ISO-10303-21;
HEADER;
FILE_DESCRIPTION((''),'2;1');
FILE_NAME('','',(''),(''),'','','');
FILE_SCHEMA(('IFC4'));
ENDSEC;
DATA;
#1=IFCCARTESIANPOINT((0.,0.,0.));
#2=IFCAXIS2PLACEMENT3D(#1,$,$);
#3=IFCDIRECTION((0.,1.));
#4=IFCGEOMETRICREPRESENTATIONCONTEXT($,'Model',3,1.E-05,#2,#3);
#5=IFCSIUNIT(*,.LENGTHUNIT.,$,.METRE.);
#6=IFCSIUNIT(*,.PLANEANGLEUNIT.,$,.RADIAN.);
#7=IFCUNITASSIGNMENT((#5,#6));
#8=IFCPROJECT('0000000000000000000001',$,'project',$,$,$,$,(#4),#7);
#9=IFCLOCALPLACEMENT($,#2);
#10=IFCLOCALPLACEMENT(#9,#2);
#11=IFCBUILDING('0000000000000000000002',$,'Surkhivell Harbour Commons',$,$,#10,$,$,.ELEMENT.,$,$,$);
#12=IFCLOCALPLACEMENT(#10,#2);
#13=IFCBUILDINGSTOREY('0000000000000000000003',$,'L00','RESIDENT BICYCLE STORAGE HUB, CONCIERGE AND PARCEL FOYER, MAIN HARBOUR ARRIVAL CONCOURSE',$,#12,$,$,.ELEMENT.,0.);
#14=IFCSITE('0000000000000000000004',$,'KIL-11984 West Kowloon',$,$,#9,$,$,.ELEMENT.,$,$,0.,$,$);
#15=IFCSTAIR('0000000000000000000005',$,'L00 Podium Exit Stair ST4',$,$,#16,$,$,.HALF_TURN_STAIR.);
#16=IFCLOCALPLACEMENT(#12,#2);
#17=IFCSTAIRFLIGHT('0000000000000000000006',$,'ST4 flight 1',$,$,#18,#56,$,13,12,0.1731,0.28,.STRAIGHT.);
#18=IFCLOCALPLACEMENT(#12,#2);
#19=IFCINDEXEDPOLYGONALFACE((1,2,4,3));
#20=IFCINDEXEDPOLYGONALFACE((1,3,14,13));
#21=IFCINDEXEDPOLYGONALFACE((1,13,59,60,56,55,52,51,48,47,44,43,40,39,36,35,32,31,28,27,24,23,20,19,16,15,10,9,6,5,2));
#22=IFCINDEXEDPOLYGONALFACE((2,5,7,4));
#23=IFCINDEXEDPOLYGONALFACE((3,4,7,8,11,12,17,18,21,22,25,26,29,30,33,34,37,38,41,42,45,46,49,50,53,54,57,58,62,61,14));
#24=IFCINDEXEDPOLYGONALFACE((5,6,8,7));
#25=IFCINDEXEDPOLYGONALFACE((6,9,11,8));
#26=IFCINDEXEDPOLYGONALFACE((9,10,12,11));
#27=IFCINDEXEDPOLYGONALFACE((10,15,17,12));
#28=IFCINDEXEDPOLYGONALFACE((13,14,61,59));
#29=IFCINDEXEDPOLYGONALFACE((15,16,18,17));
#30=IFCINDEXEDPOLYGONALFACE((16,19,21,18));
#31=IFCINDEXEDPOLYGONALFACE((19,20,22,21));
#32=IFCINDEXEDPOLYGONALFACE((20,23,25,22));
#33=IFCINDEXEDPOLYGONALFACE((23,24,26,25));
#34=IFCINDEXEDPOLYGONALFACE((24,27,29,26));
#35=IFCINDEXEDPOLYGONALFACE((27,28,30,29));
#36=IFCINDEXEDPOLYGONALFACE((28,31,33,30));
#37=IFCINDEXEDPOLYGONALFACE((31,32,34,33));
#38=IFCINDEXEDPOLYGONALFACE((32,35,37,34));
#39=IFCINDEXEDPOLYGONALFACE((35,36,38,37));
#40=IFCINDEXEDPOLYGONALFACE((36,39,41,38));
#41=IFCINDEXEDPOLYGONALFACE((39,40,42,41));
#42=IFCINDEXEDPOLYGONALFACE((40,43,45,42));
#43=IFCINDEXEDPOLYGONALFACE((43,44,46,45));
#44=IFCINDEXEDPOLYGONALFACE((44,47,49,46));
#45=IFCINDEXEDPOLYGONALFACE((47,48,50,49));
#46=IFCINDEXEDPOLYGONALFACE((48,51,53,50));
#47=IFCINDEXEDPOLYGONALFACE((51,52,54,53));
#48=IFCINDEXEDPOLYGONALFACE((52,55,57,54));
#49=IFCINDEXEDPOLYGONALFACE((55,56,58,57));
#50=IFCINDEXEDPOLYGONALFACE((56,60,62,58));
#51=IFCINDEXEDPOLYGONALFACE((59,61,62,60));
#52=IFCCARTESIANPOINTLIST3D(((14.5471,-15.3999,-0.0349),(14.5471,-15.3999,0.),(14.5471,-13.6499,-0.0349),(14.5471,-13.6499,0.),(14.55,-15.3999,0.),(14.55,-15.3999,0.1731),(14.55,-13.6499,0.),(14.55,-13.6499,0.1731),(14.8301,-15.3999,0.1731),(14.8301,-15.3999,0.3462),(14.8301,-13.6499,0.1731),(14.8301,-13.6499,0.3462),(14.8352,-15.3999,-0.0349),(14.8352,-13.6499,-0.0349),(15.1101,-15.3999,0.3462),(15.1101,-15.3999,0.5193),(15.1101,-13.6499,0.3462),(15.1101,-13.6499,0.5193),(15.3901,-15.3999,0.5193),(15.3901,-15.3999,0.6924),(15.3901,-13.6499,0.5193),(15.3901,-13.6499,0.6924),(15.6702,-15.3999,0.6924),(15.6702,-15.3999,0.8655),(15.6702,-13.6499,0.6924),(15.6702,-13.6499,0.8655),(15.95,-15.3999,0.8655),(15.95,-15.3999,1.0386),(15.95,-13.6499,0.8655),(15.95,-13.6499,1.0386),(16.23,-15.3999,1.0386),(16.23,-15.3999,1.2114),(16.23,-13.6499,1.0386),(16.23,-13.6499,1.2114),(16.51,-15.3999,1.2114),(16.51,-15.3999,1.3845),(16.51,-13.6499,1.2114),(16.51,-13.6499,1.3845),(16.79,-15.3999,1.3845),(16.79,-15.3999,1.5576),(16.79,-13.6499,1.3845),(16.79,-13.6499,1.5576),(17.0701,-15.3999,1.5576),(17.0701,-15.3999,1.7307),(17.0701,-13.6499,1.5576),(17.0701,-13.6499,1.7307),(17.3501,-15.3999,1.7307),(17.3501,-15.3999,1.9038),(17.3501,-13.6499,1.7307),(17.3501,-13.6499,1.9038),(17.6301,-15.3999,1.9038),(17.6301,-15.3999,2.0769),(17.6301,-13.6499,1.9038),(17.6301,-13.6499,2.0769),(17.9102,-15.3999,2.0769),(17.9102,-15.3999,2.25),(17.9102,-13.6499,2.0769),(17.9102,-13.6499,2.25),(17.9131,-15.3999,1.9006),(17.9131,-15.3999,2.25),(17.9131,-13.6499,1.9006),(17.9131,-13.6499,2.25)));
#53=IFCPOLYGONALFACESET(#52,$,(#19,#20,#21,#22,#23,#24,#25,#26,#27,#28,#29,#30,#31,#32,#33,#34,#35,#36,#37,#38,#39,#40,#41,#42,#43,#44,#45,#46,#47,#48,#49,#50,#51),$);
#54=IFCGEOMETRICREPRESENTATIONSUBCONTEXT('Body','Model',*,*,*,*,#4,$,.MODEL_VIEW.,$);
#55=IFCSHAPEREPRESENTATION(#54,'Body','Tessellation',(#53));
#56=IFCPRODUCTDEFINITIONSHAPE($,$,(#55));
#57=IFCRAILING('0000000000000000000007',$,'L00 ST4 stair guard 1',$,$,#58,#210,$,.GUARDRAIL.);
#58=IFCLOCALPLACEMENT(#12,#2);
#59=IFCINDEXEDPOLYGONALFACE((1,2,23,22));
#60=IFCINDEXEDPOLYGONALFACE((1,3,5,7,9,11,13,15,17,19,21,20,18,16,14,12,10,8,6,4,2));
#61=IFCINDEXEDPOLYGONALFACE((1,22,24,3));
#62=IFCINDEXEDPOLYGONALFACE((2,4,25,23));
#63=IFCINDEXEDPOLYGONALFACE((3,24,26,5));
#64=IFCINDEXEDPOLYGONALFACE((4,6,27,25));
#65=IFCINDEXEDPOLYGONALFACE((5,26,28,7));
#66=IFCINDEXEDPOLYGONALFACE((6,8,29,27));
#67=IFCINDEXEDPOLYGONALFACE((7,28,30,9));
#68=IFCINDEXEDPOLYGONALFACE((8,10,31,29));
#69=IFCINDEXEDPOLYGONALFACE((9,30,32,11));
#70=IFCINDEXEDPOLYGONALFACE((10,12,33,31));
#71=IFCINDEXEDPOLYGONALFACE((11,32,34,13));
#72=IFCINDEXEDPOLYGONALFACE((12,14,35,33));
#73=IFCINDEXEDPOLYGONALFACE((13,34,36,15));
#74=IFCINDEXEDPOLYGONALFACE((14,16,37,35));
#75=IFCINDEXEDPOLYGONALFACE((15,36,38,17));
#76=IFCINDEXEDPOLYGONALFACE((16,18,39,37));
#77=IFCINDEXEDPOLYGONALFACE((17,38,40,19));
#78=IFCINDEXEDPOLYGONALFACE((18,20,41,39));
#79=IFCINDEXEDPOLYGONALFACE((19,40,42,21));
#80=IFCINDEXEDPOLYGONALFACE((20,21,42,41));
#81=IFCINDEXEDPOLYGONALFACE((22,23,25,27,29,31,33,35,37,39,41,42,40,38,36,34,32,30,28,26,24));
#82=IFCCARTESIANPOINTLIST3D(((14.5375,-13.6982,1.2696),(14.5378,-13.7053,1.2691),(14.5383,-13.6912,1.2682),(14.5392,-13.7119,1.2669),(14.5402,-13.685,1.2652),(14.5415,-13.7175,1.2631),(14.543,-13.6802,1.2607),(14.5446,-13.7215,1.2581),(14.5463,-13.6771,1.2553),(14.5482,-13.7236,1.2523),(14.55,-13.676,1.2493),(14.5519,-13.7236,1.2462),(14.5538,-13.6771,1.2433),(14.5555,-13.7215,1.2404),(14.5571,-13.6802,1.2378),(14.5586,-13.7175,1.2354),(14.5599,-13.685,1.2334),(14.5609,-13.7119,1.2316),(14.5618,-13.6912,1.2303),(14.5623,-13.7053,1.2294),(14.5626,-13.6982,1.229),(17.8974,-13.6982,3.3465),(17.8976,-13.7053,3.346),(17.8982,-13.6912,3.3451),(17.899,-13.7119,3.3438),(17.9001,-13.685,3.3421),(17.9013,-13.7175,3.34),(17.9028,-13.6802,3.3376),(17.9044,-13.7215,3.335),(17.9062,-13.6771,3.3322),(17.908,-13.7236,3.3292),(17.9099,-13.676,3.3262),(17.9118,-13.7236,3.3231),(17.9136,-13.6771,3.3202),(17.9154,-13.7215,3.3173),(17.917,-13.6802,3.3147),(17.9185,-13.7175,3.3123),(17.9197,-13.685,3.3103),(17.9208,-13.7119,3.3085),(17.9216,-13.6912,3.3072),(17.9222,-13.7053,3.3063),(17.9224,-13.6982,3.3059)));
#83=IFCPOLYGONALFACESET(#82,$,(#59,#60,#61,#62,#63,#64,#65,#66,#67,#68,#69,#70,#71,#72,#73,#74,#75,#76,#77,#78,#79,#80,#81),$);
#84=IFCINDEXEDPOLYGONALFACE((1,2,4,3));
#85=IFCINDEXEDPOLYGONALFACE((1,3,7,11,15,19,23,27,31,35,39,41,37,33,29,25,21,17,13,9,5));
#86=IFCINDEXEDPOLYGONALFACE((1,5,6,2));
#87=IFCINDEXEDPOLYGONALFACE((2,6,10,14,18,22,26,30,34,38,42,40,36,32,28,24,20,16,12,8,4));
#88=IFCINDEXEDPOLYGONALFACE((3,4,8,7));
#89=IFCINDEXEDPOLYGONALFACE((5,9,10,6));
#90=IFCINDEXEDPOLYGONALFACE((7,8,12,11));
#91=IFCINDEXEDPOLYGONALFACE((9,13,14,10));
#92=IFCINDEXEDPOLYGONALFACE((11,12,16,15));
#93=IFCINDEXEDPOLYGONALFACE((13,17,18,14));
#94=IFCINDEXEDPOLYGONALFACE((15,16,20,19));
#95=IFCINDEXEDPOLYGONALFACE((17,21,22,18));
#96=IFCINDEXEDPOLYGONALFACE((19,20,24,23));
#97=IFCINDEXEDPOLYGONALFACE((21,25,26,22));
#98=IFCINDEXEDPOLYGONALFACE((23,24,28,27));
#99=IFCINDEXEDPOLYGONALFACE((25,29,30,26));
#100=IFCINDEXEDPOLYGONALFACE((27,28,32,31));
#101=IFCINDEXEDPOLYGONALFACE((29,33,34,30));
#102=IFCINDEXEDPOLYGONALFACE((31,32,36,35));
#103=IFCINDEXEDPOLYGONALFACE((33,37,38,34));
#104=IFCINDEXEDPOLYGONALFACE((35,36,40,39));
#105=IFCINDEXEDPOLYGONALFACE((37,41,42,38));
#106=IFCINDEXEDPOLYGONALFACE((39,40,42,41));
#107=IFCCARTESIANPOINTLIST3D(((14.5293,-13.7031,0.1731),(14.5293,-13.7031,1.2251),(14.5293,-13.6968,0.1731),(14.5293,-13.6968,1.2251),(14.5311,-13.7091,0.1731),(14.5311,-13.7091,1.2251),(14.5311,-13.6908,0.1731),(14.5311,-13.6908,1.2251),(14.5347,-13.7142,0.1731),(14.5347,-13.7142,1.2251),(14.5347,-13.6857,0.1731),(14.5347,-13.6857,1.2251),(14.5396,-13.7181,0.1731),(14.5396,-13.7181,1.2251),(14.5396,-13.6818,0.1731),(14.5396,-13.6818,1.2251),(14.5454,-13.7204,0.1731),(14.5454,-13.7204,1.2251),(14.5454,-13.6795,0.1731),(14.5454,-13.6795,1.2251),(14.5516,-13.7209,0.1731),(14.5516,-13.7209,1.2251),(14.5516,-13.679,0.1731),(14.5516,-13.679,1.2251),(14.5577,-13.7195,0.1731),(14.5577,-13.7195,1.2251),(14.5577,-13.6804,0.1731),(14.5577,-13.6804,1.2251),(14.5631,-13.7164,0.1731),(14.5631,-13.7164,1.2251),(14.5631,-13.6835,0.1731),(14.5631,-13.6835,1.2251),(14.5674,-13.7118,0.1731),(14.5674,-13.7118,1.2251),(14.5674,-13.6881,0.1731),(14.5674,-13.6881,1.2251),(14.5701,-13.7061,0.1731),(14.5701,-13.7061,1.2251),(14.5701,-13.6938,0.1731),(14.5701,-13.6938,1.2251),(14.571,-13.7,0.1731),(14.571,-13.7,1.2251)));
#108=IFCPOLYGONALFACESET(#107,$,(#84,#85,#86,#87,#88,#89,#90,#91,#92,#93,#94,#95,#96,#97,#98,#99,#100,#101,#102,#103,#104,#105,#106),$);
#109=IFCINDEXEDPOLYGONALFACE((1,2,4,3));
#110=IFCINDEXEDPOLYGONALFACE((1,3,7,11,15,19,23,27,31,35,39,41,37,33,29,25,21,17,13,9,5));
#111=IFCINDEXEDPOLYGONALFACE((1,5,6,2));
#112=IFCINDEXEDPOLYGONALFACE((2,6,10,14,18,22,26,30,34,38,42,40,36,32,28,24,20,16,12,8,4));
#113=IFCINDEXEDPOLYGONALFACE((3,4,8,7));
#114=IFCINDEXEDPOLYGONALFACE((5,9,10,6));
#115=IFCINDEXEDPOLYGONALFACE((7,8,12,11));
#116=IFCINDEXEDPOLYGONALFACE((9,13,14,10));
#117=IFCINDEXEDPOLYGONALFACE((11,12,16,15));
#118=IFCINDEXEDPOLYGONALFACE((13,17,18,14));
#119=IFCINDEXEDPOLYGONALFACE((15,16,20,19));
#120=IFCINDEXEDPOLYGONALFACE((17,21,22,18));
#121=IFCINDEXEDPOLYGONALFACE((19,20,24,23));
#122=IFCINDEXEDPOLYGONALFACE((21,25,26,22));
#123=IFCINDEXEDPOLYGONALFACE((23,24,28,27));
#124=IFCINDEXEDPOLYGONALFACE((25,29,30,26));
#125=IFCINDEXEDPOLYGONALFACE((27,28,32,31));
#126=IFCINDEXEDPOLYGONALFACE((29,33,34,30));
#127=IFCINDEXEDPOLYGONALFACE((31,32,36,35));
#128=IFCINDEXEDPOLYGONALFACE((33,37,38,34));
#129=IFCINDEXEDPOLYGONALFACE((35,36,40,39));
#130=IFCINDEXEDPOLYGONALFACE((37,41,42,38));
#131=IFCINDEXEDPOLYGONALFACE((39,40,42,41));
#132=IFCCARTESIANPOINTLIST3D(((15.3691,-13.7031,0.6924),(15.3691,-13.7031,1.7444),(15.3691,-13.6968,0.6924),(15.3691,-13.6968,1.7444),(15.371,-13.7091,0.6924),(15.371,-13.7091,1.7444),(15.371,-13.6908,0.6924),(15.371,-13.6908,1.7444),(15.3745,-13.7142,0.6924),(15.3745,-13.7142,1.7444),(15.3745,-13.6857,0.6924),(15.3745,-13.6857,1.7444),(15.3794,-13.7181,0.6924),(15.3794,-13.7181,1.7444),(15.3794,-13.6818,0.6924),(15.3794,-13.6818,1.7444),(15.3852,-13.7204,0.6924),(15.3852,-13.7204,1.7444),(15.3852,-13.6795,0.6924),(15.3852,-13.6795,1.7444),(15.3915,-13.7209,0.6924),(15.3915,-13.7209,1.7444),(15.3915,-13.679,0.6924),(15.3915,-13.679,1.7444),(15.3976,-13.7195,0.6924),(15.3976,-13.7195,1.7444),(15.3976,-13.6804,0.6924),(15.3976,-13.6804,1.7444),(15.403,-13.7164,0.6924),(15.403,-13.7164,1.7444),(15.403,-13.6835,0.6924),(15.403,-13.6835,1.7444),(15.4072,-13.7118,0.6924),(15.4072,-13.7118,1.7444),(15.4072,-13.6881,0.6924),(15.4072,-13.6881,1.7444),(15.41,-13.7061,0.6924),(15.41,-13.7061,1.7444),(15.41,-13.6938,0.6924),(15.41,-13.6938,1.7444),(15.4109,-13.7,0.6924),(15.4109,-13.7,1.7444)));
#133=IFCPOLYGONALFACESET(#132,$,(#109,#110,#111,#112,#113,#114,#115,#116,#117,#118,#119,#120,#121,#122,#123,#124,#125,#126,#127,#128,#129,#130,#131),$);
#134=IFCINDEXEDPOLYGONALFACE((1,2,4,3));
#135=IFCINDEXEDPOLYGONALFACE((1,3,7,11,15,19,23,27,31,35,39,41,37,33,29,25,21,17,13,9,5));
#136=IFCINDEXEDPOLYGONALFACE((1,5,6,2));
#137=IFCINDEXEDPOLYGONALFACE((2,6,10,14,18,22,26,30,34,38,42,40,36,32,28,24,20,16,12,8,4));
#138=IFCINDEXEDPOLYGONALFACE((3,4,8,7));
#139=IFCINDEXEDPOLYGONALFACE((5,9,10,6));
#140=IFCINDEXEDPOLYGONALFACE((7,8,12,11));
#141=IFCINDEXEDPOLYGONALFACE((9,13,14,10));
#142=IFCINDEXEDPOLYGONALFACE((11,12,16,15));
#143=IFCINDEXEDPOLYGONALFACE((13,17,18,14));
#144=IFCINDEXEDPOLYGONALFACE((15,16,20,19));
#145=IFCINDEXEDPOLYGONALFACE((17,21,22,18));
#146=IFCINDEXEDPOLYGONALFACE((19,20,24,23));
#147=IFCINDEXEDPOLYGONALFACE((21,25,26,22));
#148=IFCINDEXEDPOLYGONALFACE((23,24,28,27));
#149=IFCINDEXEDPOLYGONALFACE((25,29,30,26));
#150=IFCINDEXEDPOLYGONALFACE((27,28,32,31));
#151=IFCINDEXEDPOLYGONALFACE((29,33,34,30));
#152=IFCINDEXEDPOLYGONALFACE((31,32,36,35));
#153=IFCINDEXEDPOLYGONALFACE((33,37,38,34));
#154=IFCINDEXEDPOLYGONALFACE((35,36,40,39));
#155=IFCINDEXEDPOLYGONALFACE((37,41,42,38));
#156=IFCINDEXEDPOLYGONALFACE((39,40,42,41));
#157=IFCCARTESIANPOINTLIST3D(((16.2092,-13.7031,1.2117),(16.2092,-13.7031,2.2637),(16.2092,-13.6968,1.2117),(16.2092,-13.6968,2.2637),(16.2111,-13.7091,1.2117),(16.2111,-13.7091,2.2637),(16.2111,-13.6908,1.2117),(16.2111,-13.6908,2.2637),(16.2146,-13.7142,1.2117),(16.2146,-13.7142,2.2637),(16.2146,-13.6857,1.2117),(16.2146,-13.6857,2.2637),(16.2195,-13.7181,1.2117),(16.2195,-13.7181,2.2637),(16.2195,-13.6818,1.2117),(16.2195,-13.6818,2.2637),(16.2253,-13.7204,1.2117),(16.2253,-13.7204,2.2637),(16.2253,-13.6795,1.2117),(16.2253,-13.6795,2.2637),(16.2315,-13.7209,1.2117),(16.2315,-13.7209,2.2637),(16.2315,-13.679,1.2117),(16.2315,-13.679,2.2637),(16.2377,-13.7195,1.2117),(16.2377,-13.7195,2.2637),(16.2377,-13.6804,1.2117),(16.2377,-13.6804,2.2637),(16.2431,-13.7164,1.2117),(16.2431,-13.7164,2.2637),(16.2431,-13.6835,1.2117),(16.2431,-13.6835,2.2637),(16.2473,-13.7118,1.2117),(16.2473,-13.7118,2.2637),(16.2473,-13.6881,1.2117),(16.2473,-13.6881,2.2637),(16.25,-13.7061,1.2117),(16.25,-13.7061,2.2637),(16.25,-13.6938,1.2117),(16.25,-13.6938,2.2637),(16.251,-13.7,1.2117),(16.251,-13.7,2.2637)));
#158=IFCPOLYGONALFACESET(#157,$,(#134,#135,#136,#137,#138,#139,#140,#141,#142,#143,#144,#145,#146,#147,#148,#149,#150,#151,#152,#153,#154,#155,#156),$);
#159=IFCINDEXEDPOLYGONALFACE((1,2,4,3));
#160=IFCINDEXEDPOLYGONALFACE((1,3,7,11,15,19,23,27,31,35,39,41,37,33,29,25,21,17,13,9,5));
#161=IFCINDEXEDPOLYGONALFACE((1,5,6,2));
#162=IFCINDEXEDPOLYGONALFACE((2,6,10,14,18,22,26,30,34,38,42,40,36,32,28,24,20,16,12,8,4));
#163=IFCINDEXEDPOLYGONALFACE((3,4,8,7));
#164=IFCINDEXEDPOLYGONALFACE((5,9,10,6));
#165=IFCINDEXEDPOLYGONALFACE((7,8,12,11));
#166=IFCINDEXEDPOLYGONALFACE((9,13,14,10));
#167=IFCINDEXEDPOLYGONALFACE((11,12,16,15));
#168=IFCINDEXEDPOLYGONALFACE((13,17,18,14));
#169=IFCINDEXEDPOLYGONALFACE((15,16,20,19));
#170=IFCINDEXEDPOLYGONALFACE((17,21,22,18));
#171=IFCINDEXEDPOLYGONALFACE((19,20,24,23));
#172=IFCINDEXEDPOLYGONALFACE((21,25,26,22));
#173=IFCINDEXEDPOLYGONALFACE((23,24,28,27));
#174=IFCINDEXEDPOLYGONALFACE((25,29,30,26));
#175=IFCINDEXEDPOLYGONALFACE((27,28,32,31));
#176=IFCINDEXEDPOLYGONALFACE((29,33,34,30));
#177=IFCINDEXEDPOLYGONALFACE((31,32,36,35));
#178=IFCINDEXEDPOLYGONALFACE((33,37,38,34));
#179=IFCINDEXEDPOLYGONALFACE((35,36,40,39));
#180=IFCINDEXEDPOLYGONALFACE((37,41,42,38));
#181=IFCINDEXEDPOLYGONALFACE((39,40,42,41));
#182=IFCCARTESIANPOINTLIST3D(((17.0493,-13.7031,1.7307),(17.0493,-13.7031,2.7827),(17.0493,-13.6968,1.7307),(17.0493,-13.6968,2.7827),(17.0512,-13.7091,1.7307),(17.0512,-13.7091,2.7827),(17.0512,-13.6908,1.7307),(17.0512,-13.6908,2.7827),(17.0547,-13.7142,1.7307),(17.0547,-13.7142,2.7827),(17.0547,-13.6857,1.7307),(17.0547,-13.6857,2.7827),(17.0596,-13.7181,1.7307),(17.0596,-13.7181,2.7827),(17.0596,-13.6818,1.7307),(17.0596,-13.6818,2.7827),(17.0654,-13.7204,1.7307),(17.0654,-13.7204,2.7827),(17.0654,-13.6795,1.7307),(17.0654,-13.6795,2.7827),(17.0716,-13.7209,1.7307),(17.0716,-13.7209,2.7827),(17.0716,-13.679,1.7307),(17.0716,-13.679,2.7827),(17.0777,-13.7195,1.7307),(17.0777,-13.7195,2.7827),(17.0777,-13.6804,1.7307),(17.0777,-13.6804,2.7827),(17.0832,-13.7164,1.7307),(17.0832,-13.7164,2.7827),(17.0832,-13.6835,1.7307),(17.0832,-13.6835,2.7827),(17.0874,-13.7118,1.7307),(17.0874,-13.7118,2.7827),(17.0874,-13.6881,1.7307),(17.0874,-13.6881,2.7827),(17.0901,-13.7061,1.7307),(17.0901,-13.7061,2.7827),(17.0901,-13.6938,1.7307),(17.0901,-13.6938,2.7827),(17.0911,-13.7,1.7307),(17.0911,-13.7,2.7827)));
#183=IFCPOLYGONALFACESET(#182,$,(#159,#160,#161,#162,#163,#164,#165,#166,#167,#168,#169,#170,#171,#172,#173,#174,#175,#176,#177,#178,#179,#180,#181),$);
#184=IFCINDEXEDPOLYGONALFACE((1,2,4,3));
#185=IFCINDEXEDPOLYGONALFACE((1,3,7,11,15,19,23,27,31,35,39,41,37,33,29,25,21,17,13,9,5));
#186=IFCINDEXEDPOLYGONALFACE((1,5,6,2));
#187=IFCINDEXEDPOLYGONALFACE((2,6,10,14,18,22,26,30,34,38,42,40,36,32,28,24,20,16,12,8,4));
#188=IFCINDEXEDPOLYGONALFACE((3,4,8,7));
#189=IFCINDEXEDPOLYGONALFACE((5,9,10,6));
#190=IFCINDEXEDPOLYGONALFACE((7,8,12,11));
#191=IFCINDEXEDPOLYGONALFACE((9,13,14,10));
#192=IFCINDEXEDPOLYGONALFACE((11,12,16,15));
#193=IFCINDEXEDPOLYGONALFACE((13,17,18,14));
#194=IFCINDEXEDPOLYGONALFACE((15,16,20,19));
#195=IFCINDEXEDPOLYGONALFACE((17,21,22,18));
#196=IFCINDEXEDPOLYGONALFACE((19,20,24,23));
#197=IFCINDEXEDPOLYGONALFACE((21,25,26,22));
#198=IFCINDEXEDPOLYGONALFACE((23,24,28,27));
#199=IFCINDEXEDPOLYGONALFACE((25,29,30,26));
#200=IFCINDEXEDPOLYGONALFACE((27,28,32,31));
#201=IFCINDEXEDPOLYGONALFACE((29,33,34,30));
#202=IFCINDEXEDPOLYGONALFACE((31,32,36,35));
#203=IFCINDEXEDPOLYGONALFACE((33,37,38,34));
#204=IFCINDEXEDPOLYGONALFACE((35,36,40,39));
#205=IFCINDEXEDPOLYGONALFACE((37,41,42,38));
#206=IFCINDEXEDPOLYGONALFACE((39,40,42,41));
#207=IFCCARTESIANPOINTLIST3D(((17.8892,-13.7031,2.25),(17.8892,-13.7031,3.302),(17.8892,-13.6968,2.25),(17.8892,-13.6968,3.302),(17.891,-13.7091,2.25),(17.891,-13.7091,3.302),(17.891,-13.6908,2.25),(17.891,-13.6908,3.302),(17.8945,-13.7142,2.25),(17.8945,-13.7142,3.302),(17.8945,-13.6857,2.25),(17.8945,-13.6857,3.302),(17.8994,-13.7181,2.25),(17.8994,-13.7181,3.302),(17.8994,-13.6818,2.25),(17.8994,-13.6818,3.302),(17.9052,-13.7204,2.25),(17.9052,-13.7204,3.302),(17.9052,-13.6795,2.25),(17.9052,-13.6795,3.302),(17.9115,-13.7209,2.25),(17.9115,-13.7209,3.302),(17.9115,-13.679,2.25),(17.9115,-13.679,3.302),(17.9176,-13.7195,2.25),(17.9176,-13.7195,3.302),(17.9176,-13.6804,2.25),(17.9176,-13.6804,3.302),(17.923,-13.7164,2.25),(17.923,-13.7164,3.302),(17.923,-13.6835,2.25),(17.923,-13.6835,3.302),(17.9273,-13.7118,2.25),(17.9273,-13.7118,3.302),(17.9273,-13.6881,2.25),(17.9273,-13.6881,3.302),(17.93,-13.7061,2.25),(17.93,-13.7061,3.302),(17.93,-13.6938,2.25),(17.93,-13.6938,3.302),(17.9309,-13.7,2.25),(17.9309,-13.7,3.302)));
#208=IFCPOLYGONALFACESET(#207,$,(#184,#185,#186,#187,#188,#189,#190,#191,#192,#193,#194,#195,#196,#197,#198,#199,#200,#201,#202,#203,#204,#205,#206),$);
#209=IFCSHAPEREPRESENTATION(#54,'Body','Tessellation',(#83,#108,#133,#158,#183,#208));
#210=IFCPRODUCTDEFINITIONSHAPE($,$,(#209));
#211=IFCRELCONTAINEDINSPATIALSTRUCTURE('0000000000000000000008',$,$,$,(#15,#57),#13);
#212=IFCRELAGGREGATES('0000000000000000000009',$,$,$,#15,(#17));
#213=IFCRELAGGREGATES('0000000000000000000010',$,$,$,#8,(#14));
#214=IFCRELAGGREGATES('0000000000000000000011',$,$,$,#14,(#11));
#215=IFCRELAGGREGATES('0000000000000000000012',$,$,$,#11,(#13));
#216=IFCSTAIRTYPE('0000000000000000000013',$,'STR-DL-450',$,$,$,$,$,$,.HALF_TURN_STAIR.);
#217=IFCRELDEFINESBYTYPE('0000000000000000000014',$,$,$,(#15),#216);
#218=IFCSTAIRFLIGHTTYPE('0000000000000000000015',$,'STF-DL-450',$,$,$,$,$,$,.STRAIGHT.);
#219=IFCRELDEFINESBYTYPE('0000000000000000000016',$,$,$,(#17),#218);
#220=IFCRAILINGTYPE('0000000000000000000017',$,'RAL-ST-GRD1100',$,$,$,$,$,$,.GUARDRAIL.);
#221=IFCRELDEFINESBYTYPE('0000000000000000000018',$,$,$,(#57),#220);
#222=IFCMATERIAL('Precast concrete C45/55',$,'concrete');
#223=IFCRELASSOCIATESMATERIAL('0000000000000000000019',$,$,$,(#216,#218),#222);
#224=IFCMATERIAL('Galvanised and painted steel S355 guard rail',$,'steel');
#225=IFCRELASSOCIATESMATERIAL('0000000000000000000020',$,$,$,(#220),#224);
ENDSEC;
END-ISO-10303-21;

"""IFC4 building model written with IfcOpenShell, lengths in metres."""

from ifc_helpers import new_model, si_unit, direction, frame, origin, origin_2d, place, context, subcontext, project, spatial, polyline, circle, outline, extrude, material, type_object, element, aggregate, save


model = new_model("IFC4")

# Units and contexts
model_context = context("Model", 3, precision=1e-05, world=origin(), true_north=direction((0.0, 1.0)))
body_context = subcontext(model_context, "Body", "Model", "MODEL_VIEW")
ifc_project = project(units=[si_unit("LENGTHUNIT", "METRE"), si_unit("PLANEANGLEUNIT", "RADIAN")], contexts=[model_context])

# Site, building, storey
site_placement = place(None, origin())
site = spatial("IfcSite", under=ifc_project, at=site_placement, Name="KIL-11984 West Kowloon", CompositionType="ELEMENT", RefElevation=0.0)
building_placement = place(site_placement, origin())
building = spatial("IfcBuilding", under=site, at=building_placement, Name="Surkhivell Harbour Commons", CompositionType="ELEMENT")
storey_placement = place(building_placement, origin())
storey = spatial("IfcBuildingStorey", under=building, at=storey_placement, Name="L00", Description="RESIDENT BICYCLE STORAGE HUB, CONCIERGE AND PARCEL FOYER, MAIN HARBOUR ARRIVAL CONCOURSE", CompositionType="ELEMENT", Elevation=0.0)

# Stair, stair flight
ifc_material_1 = material(Name="Precast concrete C45/55", Category="concrete")
stair_type = type_object("IfcStairType", Name="STR-DL-450", PredefinedType="HALF_TURN_STAIR", material=ifc_material_1)
stair_placement = place(storey_placement, origin())
stair = element("IfcStair", 1, at=stair_placement, inside=storey, type_object=stair_type, Name="L00 Podium Exit Stair ST4", PredefinedType="HALF_TURN_STAIR")
stair_flight_type = type_object("IfcStairFlightType", Name="STF-DL-450", PredefinedType="STRAIGHT", material=ifc_material_1)
stair_flight_placement = place(storey_placement, frame((14.55, -14.5249, 0.0), z_axis=(0.0, 0.0, 1.0), x_axis=(1.0, 0.0, 0.0)))
stair_flight = element("IfcStairFlight", 2, at=stair_flight_placement, type_object=stair_flight_type, Name="ST4 flight 1", NumberOfRisers=13, NumberOfTreads=12, PredefinedType="STRAIGHT", RiserHeight=0.1731, TreadLength=0.28, context=body_context, shape_type="SweptSolid", body=[
    extrude(outline(polyline([(-0.0029, -0.0349), (-0.0029, 0.0), (0.0, 0.0), (0.0, 0.1731), (0.28, 0.1731), (0.28, 0.3462), (0.5601, 0.3462), (0.5601, 0.5193), (0.8401, 0.5193), (0.8401, 0.6924), (1.1201, 0.6924), (1.1201, 0.8655), (1.3999, 0.8655), (1.3999, 1.0386), (1.6799, 1.0386), (1.6799, 1.2114), (1.96, 1.2114), (1.96, 1.3845), (2.24, 1.3845), (2.24, 1.5576), (2.52, 1.5576), (2.52, 1.7307), (2.8, 1.7307), (2.8, 1.9038), (3.0801, 1.9038), (3.0801, 2.0769), (3.3601, 2.0769), (3.3601, 2.25), (3.363, 2.25), (3.363, 1.9006), (0.2852, -0.0349), (-0.0029, -0.0349)])), frame((0.0, 0.875, 0.0), z_axis=(0.0, -1.0, 0.0), x_axis=(1.0, 0.0, 0.0)), (0.0, 0.0, 1.0), 1.75),
])
aggregate(stair, [stair_flight])

# Railing
ifc_material_2 = material(Name="Galvanised and painted steel S355 guard rail", Category="steel")
railing_type_1 = type_object("IfcRailingType", Name="RAL-ST-GRD1100", PredefinedType="GUARDRAIL", material=ifc_material_2)
railing_1_placement = place(storey_placement, frame((14.55, -13.7, 0.1731)))
element("IfcRailing", 3, at=railing_1_placement, inside=storey, type_object=railing_type_1, Name="L00 ST4 stair guard 1", PredefinedType="GUARDRAIL", context=body_context, shape_type="SweptSolid", body=[
    extrude(circle(Radius=0.0239, at=origin_2d()), frame((0.0, 0.0, 1.0762), z_axis=(0.850606, 0.0, 0.525803), x_axis=(0.0, 1.0, 0.0)), (0.0, 0.0, 1.0), 3.95),
    extrude(circle(Radius=0.021, at=origin_2d()), origin(), (0.0, 0.0, 1.0), 1.052),
    extrude(circle(Radius=0.021, at=origin_2d()), frame((0.8398, 0.0, 0.5193)), (0.0, 0.0, 1.0), 1.052),
    extrude(circle(Radius=0.021, at=origin_2d()), frame((1.6799, 0.0, 1.0386)), (0.0, 0.0, 1.0), 1.052),
    extrude(circle(Radius=0.021, at=origin_2d()), frame((2.52, 0.0, 1.5576)), (0.0, 0.0, 1.0), 1.052),
    extrude(circle(Radius=0.021, at=origin_2d()), frame((3.3599, 0.0, 2.0769)), (0.0, 0.0, 1.0), 1.052),
])

save(model, "model.ifc")
